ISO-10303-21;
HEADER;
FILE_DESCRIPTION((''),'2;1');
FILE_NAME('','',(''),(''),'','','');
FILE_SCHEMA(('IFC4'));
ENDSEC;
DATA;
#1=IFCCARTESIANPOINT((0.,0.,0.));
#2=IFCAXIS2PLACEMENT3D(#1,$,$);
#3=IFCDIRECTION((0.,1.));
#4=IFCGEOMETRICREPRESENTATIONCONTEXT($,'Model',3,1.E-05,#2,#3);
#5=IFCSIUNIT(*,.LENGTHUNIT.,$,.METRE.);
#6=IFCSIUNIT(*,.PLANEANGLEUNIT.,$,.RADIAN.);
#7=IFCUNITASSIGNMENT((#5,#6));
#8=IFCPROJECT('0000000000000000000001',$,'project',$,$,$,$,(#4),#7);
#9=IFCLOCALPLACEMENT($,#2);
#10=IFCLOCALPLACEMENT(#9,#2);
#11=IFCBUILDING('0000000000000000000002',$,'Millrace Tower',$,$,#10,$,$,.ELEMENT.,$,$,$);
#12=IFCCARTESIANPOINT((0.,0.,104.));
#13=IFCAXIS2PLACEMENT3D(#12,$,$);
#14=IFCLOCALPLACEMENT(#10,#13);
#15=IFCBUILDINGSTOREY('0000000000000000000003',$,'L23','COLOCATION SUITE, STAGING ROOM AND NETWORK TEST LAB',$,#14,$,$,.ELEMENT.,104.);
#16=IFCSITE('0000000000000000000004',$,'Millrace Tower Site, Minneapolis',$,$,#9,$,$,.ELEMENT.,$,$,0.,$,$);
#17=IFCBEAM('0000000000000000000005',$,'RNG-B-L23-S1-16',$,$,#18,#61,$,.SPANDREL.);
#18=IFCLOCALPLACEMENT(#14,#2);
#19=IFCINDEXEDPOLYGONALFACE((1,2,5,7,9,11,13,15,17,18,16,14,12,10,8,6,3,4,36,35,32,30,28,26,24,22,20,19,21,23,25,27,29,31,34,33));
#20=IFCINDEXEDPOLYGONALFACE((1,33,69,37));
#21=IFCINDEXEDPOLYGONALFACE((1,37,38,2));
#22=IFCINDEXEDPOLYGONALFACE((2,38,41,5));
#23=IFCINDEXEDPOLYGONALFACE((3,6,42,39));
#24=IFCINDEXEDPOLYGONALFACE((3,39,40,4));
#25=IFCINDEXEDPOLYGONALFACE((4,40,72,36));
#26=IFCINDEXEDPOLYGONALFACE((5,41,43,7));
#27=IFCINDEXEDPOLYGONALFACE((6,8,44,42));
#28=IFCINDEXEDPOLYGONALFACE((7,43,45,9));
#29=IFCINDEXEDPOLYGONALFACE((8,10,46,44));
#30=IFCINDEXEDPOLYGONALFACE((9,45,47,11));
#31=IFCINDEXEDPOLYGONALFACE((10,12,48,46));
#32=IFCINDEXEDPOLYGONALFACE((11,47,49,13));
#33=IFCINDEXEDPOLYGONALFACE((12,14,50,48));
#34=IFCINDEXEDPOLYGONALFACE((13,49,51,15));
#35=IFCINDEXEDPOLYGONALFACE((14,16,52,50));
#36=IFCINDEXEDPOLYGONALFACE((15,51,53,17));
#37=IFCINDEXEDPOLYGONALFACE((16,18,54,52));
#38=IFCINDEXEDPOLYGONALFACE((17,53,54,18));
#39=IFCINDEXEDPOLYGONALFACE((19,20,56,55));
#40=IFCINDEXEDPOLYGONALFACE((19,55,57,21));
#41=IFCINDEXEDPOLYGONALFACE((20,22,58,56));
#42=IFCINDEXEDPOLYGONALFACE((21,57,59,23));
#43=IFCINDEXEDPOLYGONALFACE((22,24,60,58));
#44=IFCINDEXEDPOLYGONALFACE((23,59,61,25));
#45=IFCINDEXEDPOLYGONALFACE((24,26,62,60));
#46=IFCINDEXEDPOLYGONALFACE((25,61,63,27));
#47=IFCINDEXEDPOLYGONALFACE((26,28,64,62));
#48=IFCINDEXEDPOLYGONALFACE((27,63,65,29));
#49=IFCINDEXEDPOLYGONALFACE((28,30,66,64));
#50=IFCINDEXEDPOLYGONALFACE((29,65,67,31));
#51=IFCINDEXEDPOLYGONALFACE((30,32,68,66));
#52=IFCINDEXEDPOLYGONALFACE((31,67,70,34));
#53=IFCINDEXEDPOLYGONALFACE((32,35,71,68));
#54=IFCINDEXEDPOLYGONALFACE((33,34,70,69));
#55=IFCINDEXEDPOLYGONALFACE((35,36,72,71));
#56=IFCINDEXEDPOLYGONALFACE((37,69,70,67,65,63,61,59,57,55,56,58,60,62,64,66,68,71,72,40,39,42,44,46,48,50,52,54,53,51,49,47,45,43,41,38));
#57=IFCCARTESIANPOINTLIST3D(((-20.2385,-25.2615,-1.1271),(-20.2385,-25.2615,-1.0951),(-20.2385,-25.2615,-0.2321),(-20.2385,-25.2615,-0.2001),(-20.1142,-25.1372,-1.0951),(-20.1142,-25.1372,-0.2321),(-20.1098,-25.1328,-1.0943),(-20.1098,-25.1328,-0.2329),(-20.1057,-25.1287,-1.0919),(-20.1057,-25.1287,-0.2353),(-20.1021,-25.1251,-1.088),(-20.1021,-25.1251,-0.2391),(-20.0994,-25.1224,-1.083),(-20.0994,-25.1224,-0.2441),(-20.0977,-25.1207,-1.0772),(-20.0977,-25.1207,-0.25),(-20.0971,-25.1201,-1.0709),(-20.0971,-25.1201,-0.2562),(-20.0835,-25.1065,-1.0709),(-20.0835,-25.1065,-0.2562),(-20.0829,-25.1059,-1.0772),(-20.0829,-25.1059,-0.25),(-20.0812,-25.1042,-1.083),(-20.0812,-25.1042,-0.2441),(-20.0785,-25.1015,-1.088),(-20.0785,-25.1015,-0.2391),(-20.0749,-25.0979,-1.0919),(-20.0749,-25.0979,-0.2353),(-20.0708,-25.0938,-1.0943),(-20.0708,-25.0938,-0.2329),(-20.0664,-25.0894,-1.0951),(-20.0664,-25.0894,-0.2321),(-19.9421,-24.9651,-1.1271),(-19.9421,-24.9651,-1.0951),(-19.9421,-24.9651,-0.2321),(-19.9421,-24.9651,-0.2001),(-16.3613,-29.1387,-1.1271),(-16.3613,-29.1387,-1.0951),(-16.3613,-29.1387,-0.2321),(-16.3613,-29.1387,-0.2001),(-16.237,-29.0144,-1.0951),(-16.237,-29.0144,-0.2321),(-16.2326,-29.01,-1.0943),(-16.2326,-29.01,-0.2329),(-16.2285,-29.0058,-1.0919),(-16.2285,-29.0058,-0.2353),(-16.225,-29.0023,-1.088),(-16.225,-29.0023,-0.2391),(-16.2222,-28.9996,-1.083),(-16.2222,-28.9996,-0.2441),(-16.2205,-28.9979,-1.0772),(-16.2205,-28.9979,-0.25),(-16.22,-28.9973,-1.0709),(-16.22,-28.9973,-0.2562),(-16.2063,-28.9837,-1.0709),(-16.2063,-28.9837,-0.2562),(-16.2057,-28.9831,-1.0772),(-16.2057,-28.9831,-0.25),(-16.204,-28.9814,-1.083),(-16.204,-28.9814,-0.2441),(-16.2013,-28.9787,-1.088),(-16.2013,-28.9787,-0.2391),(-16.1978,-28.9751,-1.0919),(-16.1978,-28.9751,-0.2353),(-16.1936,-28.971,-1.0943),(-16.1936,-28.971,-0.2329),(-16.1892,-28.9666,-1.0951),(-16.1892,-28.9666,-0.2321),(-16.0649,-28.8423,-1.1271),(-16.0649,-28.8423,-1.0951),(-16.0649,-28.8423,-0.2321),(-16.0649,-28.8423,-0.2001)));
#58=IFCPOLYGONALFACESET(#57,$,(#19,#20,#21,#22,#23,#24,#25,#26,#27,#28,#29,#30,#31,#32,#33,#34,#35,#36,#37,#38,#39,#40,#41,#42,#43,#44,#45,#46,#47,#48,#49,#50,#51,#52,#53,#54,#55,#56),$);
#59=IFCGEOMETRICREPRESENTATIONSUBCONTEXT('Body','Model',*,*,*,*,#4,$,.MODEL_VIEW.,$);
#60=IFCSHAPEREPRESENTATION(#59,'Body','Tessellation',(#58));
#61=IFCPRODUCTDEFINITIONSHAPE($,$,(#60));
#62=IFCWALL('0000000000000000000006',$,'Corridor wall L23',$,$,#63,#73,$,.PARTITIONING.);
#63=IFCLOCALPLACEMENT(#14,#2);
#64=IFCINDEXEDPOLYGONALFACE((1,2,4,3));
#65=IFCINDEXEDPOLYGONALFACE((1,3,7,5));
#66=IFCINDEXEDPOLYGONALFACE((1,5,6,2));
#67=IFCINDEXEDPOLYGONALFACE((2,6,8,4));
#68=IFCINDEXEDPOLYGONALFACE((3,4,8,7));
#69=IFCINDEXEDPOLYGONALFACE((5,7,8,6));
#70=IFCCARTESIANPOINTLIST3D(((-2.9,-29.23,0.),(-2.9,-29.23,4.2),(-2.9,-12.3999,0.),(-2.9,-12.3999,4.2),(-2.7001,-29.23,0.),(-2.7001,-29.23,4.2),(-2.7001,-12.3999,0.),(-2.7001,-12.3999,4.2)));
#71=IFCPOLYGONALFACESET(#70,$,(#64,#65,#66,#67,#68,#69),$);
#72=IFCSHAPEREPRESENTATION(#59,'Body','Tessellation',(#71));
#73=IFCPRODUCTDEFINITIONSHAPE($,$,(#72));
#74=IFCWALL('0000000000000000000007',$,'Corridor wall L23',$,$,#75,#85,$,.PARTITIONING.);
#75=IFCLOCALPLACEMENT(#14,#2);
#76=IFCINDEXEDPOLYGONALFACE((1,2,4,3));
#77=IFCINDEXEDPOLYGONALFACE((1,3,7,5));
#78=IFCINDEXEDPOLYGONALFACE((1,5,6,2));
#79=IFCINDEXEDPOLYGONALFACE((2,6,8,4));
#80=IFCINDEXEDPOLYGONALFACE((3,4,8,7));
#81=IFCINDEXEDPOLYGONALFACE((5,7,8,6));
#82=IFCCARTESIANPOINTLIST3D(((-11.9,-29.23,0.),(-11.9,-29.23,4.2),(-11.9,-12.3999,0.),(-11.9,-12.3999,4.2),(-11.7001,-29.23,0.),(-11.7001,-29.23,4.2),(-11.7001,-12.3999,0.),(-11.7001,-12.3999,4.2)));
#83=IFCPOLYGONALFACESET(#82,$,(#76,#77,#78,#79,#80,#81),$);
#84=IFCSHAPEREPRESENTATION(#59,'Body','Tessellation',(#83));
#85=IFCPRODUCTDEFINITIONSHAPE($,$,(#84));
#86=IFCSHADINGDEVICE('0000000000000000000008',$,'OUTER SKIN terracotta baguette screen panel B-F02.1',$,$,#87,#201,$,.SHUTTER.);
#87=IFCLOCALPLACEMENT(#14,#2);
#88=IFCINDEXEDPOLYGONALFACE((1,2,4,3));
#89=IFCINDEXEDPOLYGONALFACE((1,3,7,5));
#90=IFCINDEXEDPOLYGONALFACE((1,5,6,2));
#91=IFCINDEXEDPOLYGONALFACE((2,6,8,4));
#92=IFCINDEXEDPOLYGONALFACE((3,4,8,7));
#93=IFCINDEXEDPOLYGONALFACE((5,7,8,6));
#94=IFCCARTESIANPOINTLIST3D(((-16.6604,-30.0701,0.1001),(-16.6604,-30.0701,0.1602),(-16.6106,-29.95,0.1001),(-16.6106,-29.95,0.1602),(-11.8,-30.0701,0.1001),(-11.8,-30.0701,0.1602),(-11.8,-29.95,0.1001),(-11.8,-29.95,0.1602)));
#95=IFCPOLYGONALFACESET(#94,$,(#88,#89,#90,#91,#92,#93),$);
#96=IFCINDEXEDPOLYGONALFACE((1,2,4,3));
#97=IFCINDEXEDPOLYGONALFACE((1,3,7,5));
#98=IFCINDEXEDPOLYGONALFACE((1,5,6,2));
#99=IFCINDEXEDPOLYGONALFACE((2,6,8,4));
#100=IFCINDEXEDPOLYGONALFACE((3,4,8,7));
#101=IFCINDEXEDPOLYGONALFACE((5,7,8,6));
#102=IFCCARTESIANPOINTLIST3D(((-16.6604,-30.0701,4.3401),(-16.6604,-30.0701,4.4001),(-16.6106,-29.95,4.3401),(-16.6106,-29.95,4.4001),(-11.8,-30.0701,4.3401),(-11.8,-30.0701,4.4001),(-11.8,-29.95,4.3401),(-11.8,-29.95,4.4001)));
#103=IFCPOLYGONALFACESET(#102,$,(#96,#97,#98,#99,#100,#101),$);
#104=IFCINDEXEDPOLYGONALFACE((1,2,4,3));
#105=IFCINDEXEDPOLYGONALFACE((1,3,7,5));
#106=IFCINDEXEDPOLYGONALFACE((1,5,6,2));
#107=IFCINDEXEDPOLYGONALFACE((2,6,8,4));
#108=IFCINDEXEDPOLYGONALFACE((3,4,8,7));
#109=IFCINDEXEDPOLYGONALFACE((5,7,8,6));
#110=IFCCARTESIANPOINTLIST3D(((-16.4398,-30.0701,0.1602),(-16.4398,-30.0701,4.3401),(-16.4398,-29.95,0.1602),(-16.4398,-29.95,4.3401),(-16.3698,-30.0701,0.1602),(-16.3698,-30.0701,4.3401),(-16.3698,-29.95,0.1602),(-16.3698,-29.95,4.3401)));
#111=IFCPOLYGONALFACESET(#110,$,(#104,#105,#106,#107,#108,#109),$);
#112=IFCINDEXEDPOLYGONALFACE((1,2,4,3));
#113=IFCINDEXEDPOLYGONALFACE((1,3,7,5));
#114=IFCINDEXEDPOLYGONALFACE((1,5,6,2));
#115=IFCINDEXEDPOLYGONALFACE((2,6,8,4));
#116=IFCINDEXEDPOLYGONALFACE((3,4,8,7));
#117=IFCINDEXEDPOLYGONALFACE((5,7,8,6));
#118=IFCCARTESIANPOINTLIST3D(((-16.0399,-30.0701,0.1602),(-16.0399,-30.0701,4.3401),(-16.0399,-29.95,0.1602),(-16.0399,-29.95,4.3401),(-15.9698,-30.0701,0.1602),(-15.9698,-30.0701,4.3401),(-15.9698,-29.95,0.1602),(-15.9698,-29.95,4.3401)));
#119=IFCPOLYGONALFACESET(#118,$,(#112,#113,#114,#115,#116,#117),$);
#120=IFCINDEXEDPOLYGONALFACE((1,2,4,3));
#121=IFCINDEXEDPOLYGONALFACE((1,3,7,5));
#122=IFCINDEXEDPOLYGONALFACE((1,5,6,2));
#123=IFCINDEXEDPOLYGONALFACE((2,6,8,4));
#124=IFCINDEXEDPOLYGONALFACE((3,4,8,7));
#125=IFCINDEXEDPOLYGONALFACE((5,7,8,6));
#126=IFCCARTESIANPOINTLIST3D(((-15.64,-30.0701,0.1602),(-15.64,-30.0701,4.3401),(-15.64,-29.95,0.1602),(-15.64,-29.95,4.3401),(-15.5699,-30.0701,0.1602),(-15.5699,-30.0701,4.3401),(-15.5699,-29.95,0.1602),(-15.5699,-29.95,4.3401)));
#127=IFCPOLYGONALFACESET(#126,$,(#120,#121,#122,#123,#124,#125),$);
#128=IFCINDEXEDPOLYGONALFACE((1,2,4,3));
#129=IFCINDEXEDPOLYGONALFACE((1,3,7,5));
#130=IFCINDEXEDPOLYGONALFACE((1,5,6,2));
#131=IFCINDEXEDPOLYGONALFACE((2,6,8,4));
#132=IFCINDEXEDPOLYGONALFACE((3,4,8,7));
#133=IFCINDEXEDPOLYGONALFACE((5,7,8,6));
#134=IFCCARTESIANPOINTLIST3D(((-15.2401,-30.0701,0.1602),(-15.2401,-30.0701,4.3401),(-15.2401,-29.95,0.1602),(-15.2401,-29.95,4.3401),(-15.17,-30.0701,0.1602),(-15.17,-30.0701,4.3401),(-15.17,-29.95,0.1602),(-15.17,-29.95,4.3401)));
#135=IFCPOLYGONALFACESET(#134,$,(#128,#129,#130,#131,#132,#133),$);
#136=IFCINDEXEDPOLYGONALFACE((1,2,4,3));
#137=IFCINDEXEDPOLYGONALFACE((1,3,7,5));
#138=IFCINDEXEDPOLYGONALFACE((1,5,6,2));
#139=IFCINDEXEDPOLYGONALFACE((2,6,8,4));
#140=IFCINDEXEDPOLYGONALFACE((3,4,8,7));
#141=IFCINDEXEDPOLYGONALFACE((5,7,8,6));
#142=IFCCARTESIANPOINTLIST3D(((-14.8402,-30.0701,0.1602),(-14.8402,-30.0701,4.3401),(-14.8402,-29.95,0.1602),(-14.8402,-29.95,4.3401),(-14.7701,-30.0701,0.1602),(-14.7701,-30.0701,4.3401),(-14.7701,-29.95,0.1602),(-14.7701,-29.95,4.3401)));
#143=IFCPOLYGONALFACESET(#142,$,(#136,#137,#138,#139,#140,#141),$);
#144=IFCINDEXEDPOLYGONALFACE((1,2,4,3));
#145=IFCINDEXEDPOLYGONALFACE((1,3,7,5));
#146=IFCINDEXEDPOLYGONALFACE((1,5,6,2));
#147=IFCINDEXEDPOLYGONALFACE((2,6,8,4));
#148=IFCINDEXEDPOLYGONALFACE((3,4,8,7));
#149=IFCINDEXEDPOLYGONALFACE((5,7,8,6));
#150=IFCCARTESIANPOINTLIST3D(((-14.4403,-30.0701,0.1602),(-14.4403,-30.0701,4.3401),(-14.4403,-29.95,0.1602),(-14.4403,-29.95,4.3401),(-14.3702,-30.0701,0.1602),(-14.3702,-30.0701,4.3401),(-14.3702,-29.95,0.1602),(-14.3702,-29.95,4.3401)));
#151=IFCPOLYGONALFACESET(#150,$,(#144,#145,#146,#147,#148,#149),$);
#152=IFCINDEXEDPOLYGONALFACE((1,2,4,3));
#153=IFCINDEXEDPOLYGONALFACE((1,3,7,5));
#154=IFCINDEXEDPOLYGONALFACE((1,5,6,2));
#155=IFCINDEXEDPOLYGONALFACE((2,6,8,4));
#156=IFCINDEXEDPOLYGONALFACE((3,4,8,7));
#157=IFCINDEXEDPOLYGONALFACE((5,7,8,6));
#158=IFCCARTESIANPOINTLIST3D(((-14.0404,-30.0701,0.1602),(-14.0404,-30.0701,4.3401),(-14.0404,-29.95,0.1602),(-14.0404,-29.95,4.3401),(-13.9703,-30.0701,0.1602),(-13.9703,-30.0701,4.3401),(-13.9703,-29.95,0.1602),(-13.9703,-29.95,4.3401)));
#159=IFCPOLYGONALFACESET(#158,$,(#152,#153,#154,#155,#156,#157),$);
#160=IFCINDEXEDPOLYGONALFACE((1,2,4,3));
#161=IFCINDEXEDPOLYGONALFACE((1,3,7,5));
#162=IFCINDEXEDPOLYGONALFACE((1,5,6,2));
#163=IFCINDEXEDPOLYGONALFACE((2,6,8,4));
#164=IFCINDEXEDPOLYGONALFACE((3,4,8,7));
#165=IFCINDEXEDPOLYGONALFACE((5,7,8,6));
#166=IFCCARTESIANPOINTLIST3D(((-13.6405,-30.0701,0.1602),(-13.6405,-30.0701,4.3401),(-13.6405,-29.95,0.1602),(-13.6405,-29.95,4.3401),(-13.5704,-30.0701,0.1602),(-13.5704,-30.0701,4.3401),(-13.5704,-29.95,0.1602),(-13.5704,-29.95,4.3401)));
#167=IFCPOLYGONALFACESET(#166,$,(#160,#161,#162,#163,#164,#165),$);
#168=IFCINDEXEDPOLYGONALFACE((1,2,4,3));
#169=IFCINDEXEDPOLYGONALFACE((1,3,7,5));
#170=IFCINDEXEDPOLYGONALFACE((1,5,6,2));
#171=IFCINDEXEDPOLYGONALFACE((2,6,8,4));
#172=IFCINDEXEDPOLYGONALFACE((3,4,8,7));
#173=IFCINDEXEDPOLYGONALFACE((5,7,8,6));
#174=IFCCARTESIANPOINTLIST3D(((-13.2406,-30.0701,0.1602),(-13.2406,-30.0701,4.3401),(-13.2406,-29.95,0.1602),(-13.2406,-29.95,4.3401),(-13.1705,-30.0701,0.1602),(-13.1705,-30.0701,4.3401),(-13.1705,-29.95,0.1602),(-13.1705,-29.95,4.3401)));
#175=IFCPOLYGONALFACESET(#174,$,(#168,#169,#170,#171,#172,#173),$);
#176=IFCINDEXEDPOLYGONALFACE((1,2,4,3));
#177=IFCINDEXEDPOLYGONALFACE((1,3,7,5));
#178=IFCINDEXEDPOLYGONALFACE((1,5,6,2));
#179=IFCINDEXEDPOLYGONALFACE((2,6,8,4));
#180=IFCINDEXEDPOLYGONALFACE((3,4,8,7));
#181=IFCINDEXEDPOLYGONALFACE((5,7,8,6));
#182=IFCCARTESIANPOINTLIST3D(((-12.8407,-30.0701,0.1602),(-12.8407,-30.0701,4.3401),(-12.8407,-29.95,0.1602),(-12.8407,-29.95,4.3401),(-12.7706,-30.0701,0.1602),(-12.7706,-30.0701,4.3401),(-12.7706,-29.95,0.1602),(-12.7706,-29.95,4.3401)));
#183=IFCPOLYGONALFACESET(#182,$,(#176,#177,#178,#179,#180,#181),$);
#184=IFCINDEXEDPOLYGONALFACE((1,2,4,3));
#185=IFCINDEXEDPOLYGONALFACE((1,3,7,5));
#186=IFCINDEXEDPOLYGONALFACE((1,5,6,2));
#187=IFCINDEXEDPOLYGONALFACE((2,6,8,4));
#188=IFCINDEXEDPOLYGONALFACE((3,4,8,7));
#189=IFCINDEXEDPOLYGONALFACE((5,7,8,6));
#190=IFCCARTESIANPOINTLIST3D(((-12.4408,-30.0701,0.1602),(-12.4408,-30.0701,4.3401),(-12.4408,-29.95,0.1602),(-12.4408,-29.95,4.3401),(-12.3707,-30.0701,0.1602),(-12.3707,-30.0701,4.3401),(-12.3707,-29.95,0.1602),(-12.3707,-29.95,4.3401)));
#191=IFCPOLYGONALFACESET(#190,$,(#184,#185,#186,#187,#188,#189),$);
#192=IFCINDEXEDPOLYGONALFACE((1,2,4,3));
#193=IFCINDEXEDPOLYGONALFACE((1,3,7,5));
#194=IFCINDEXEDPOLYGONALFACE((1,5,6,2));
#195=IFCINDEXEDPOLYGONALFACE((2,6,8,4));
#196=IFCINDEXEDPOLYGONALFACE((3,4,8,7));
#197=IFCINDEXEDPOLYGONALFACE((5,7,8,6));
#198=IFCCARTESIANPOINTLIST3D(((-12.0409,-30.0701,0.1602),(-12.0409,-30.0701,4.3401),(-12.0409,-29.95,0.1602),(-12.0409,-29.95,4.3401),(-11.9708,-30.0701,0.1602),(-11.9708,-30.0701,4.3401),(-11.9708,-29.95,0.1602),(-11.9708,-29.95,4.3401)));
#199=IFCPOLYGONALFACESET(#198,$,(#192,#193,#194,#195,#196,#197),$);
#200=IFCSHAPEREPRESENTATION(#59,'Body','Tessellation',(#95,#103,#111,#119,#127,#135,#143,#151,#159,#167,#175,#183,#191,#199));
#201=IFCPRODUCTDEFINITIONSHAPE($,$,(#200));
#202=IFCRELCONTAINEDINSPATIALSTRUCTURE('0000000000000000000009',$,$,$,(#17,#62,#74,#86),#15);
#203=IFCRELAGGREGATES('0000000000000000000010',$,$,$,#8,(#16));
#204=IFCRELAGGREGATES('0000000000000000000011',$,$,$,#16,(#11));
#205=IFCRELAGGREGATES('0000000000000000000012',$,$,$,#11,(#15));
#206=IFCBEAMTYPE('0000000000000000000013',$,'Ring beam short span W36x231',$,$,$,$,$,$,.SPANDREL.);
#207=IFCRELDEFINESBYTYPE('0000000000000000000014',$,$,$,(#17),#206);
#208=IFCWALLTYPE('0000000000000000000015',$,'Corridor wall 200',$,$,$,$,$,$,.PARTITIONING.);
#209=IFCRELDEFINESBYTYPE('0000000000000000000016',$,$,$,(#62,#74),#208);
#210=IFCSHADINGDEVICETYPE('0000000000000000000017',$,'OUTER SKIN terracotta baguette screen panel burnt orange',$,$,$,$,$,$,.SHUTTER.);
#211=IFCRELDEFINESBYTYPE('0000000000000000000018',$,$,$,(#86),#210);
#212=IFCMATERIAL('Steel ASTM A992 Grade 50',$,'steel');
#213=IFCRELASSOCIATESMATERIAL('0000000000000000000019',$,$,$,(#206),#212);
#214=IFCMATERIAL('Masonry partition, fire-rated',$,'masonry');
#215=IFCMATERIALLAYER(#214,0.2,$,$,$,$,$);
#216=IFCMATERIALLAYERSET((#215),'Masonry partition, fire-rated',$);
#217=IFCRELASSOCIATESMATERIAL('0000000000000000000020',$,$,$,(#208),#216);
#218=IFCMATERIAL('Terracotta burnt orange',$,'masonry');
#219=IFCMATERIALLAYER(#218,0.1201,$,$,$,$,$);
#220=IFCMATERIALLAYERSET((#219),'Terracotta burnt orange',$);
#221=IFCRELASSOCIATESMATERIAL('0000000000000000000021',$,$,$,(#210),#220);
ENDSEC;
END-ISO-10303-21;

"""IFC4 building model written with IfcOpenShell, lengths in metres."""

from ifc_helpers import new_model, entity, si_unit, direction, frame, frame_2d, origin, origin_2d, place, context, subcontext, project, spatial, rectangle, i_section, extrude, source, transform, mapped, material, layer, layer_set, material_profile, profile_set, type_object, element, save


model = new_model("IFC4")

# Units and contexts
model_context = context("Model", 3, precision=1e-05, world=origin(), true_north=direction((0.0, 1.0)))
body_context = subcontext(model_context, "Body", "Model", "MODEL_VIEW")
ifc_project = project(units=[si_unit("LENGTHUNIT", "METRE"), si_unit("PLANEANGLEUNIT", "RADIAN")], contexts=[model_context])

# Site, building, storey
site_placement = place(None, origin())
site = spatial("IfcSite", under=ifc_project, at=site_placement, Name="Millrace Tower Site, Minneapolis", CompositionType="ELEMENT", RefElevation=0.0)
building_placement = place(site_placement, origin())
building = spatial("IfcBuilding", under=site, at=building_placement, Name="Millrace Tower", CompositionType="ELEMENT")
storey_placement = place(building_placement, frame((0.0, 0.0, 104.0)))
storey = spatial("IfcBuildingStorey", under=building, at=storey_placement, Name="L23", Description="COLOCATION SUITE, STAGING ROOM AND NETWORK TEST LAB", CompositionType="ELEMENT", Elevation=104.0)

# Beam
ifc_material_1 = material(Name="Steel ASTM A992 Grade 50", Category="steel")
ifc_material_profile_1 = material_profile(ifc_material_1, i_section(OverallWidth=0.4192, OverallDepth=0.927, WebThickness=0.0193, FlangeThickness=0.032, FilletRadius=0.0242, at=origin_2d()))
ifc_profile_set_1 = profile_set([ifc_material_profile_1], Name="Steel ASTM A992 Grade 50")
beam_type_1 = type_object("IfcBeamType", Name="Ring beam short span W36x231", PredefinedType="SPANDREL", material=ifc_profile_set_1)
beam_1_placement = place(storey_placement, frame((-16.2131, -28.9905, -0.6636), z_axis=(-0.707107, 0.707107, 0.0), x_axis=(-0.707107, -0.707107, 0.0)))
element("IfcBeam", 1, at=beam_1_placement, inside=storey, type_object=beam_type_1, Name="RNG-B-L23-S1-16", PredefinedType="SPANDREL", context=body_context, shape_type="SweptSolid", body=[
    extrude(i_section(OverallWidth=0.4192, OverallDepth=0.927, WebThickness=0.0193, FlangeThickness=0.032, FilletRadius=0.0242, at=origin_2d()), origin(), (0.0, 0.0, 1.0), 5.4832),
])

# Walls
ifc_material_2 = material(Name="Masonry partition, fire-rated", Category="masonry")
ifc_layer_1 = layer(ifc_material_2, 0.2)
ifc_layer_set_1 = layer_set([ifc_layer_1], Name="Masonry partition, fire-rated")
wall_type = type_object("IfcWallType", Name="Corridor wall 200", PredefinedType="PARTITIONING", material=ifc_layer_set_1)
for number, where, z_axis, x_axis, name in (
    (2, (-2.8, -29.23, 0.0), (0.0, 0.0, 1.0), (0.0, 1.0, 0.0), "Corridor wall L23"),
    (3, (-11.8, -29.23, 0.0), (0.0, 0.0, 1.0), (0.0, 1.0, 0.0), "Corridor wall L23"),
):
    element("IfcWall", number, at=place(storey_placement, frame(where, z_axis=z_axis, x_axis=x_axis)), inside=storey, type_object=wall_type, Name=name, PredefinedType="PARTITIONING", context=body_context, shape_type="SweptSolid", body=[
        extrude(rectangle(XDim=16.8301, YDim=0.2, at=frame_2d((8.415, 0.0))), origin(), (0.0, 0.0, 1.0), 4.2),
    ])

# Shading device
ifc_material_3 = material(Name="Terracotta burnt orange", Category="masonry")
ifc_layer_2 = layer(ifc_material_3, 0.1201)
ifc_layer_set_2 = layer_set([ifc_layer_2], Name="Terracotta burnt orange")
shading_device_type = type_object("IfcShadingDeviceType", Name="OUTER SKIN terracotta baguette screen panel burnt orange", PredefinedType="SHUTTER", material=ifc_layer_set_2)
cartesian_point_1 = entity("IfcCartesianPoint", [-2.3928, 0.0601])
shared_polyline_1 = entity("IfcPolyline", [cartesian_point_1, entity("IfcCartesianPoint", [2.4177, 0.0601]), entity("IfcCartesianPoint", [2.4177, -0.0601]), entity("IfcCartesianPoint", [-2.4426, -0.0601]), cartesian_point_1])
shared_shape_1 = source(origin(), body_context, "Body", "SweptSolid", [
    entity("IfcExtrudedAreaSolid", entity("IfcArbitraryClosedProfileDef", "AREA", None, shared_polyline_1), entity("IfcAxis2Placement3D", entity("IfcCartesianPoint", [0.0, 0.0, 0.0])), entity("IfcDirection", [0.0, 0.0, 1.0]), 0.0601),
    entity("IfcExtrudedAreaSolid", entity("IfcArbitraryClosedProfileDef", "AREA", None, shared_polyline_1), entity("IfcAxis2Placement3D", entity("IfcCartesianPoint", [0.0, 0.0, 4.24])), entity("IfcDirection", [0.0, 0.0, 1.0]), 0.0601),
    extrude(rectangle(XDim=0.0701, YDim=0.1201, at=frame_2d((-2.187, 0.0))), frame((0.0, 0.0, 0.0601)), (0.0, 0.0, 1.0), 4.1799),
    extrude(rectangle(XDim=0.0701, YDim=0.1201, at=frame_2d((-1.7871, 0.0))), frame((0.0, 0.0, 0.0601)), (0.0, 0.0, 1.0), 4.1799),
    extrude(rectangle(XDim=0.0701, YDim=0.1201, at=frame_2d((-1.3872, 0.0))), frame((0.0, 0.0, 0.0601)), (0.0, 0.0, 1.0), 4.1799),
    extrude(rectangle(XDim=0.0701, YDim=0.1201, at=frame_2d((-0.9873, 0.0))), frame((0.0, 0.0, 0.0601)), (0.0, 0.0, 1.0), 4.1799),
    extrude(rectangle(XDim=0.0701, YDim=0.1201, at=frame_2d((-0.5874, 0.0))), frame((0.0, 0.0, 0.0601)), (0.0, 0.0, 1.0), 4.1799),
    extrude(rectangle(XDim=0.0701, YDim=0.1201, at=frame_2d((-0.1875, 0.0))), frame((0.0, 0.0, 0.0601)), (0.0, 0.0, 1.0), 4.1799),
    extrude(rectangle(XDim=0.0701, YDim=0.1201, at=frame_2d((0.2124, 0.0))), frame((0.0, 0.0, 0.0601)), (0.0, 0.0, 1.0), 4.1799),
    extrude(rectangle(XDim=0.0701, YDim=0.1201, at=frame_2d((0.6123, 0.0))), frame((0.0, 0.0, 0.0601)), (0.0, 0.0, 1.0), 4.1799),
    extrude(rectangle(XDim=0.0701, YDim=0.1201, at=frame_2d((1.0122, 0.0))), frame((0.0, 0.0, 0.0601)), (0.0, 0.0, 1.0), 4.1799),
    extrude(rectangle(XDim=0.0701, YDim=0.1201, at=frame_2d((1.4121, 0.0))), frame((0.0, 0.0, 0.0601)), (0.0, 0.0, 1.0), 4.1799),
    extrude(rectangle(XDim=0.0701, YDim=0.1201, at=frame_2d((1.812, 0.0))), frame((0.0, 0.0, 0.0601)), (0.0, 0.0, 1.0), 4.1799),
    extrude(rectangle(XDim=0.0701, YDim=0.1201, at=frame_2d((2.2119, 0.0))), frame((0.0, 0.0, 0.0601)), (0.0, 0.0, 1.0), 4.1799),
])
shading_device_placement = place(storey_placement, frame((-14.2178, -30.01, 0.1001), z_axis=(0.0, 0.0, 1.0), x_axis=(1.0, 0.0, 0.0)))
element("IfcShadingDevice", 4, at=shading_device_placement, inside=storey, type_object=shading_device_type, Name="OUTER SKIN terracotta baguette screen panel B-F02.1", PredefinedType="SHUTTER", context=body_context, shape_type="MappedRepresentation", body=[
    mapped(shared_shape_1, transform((0.0, 0.0, 0.0), scale=1.0)),
])

save(model, "model.ifc")
